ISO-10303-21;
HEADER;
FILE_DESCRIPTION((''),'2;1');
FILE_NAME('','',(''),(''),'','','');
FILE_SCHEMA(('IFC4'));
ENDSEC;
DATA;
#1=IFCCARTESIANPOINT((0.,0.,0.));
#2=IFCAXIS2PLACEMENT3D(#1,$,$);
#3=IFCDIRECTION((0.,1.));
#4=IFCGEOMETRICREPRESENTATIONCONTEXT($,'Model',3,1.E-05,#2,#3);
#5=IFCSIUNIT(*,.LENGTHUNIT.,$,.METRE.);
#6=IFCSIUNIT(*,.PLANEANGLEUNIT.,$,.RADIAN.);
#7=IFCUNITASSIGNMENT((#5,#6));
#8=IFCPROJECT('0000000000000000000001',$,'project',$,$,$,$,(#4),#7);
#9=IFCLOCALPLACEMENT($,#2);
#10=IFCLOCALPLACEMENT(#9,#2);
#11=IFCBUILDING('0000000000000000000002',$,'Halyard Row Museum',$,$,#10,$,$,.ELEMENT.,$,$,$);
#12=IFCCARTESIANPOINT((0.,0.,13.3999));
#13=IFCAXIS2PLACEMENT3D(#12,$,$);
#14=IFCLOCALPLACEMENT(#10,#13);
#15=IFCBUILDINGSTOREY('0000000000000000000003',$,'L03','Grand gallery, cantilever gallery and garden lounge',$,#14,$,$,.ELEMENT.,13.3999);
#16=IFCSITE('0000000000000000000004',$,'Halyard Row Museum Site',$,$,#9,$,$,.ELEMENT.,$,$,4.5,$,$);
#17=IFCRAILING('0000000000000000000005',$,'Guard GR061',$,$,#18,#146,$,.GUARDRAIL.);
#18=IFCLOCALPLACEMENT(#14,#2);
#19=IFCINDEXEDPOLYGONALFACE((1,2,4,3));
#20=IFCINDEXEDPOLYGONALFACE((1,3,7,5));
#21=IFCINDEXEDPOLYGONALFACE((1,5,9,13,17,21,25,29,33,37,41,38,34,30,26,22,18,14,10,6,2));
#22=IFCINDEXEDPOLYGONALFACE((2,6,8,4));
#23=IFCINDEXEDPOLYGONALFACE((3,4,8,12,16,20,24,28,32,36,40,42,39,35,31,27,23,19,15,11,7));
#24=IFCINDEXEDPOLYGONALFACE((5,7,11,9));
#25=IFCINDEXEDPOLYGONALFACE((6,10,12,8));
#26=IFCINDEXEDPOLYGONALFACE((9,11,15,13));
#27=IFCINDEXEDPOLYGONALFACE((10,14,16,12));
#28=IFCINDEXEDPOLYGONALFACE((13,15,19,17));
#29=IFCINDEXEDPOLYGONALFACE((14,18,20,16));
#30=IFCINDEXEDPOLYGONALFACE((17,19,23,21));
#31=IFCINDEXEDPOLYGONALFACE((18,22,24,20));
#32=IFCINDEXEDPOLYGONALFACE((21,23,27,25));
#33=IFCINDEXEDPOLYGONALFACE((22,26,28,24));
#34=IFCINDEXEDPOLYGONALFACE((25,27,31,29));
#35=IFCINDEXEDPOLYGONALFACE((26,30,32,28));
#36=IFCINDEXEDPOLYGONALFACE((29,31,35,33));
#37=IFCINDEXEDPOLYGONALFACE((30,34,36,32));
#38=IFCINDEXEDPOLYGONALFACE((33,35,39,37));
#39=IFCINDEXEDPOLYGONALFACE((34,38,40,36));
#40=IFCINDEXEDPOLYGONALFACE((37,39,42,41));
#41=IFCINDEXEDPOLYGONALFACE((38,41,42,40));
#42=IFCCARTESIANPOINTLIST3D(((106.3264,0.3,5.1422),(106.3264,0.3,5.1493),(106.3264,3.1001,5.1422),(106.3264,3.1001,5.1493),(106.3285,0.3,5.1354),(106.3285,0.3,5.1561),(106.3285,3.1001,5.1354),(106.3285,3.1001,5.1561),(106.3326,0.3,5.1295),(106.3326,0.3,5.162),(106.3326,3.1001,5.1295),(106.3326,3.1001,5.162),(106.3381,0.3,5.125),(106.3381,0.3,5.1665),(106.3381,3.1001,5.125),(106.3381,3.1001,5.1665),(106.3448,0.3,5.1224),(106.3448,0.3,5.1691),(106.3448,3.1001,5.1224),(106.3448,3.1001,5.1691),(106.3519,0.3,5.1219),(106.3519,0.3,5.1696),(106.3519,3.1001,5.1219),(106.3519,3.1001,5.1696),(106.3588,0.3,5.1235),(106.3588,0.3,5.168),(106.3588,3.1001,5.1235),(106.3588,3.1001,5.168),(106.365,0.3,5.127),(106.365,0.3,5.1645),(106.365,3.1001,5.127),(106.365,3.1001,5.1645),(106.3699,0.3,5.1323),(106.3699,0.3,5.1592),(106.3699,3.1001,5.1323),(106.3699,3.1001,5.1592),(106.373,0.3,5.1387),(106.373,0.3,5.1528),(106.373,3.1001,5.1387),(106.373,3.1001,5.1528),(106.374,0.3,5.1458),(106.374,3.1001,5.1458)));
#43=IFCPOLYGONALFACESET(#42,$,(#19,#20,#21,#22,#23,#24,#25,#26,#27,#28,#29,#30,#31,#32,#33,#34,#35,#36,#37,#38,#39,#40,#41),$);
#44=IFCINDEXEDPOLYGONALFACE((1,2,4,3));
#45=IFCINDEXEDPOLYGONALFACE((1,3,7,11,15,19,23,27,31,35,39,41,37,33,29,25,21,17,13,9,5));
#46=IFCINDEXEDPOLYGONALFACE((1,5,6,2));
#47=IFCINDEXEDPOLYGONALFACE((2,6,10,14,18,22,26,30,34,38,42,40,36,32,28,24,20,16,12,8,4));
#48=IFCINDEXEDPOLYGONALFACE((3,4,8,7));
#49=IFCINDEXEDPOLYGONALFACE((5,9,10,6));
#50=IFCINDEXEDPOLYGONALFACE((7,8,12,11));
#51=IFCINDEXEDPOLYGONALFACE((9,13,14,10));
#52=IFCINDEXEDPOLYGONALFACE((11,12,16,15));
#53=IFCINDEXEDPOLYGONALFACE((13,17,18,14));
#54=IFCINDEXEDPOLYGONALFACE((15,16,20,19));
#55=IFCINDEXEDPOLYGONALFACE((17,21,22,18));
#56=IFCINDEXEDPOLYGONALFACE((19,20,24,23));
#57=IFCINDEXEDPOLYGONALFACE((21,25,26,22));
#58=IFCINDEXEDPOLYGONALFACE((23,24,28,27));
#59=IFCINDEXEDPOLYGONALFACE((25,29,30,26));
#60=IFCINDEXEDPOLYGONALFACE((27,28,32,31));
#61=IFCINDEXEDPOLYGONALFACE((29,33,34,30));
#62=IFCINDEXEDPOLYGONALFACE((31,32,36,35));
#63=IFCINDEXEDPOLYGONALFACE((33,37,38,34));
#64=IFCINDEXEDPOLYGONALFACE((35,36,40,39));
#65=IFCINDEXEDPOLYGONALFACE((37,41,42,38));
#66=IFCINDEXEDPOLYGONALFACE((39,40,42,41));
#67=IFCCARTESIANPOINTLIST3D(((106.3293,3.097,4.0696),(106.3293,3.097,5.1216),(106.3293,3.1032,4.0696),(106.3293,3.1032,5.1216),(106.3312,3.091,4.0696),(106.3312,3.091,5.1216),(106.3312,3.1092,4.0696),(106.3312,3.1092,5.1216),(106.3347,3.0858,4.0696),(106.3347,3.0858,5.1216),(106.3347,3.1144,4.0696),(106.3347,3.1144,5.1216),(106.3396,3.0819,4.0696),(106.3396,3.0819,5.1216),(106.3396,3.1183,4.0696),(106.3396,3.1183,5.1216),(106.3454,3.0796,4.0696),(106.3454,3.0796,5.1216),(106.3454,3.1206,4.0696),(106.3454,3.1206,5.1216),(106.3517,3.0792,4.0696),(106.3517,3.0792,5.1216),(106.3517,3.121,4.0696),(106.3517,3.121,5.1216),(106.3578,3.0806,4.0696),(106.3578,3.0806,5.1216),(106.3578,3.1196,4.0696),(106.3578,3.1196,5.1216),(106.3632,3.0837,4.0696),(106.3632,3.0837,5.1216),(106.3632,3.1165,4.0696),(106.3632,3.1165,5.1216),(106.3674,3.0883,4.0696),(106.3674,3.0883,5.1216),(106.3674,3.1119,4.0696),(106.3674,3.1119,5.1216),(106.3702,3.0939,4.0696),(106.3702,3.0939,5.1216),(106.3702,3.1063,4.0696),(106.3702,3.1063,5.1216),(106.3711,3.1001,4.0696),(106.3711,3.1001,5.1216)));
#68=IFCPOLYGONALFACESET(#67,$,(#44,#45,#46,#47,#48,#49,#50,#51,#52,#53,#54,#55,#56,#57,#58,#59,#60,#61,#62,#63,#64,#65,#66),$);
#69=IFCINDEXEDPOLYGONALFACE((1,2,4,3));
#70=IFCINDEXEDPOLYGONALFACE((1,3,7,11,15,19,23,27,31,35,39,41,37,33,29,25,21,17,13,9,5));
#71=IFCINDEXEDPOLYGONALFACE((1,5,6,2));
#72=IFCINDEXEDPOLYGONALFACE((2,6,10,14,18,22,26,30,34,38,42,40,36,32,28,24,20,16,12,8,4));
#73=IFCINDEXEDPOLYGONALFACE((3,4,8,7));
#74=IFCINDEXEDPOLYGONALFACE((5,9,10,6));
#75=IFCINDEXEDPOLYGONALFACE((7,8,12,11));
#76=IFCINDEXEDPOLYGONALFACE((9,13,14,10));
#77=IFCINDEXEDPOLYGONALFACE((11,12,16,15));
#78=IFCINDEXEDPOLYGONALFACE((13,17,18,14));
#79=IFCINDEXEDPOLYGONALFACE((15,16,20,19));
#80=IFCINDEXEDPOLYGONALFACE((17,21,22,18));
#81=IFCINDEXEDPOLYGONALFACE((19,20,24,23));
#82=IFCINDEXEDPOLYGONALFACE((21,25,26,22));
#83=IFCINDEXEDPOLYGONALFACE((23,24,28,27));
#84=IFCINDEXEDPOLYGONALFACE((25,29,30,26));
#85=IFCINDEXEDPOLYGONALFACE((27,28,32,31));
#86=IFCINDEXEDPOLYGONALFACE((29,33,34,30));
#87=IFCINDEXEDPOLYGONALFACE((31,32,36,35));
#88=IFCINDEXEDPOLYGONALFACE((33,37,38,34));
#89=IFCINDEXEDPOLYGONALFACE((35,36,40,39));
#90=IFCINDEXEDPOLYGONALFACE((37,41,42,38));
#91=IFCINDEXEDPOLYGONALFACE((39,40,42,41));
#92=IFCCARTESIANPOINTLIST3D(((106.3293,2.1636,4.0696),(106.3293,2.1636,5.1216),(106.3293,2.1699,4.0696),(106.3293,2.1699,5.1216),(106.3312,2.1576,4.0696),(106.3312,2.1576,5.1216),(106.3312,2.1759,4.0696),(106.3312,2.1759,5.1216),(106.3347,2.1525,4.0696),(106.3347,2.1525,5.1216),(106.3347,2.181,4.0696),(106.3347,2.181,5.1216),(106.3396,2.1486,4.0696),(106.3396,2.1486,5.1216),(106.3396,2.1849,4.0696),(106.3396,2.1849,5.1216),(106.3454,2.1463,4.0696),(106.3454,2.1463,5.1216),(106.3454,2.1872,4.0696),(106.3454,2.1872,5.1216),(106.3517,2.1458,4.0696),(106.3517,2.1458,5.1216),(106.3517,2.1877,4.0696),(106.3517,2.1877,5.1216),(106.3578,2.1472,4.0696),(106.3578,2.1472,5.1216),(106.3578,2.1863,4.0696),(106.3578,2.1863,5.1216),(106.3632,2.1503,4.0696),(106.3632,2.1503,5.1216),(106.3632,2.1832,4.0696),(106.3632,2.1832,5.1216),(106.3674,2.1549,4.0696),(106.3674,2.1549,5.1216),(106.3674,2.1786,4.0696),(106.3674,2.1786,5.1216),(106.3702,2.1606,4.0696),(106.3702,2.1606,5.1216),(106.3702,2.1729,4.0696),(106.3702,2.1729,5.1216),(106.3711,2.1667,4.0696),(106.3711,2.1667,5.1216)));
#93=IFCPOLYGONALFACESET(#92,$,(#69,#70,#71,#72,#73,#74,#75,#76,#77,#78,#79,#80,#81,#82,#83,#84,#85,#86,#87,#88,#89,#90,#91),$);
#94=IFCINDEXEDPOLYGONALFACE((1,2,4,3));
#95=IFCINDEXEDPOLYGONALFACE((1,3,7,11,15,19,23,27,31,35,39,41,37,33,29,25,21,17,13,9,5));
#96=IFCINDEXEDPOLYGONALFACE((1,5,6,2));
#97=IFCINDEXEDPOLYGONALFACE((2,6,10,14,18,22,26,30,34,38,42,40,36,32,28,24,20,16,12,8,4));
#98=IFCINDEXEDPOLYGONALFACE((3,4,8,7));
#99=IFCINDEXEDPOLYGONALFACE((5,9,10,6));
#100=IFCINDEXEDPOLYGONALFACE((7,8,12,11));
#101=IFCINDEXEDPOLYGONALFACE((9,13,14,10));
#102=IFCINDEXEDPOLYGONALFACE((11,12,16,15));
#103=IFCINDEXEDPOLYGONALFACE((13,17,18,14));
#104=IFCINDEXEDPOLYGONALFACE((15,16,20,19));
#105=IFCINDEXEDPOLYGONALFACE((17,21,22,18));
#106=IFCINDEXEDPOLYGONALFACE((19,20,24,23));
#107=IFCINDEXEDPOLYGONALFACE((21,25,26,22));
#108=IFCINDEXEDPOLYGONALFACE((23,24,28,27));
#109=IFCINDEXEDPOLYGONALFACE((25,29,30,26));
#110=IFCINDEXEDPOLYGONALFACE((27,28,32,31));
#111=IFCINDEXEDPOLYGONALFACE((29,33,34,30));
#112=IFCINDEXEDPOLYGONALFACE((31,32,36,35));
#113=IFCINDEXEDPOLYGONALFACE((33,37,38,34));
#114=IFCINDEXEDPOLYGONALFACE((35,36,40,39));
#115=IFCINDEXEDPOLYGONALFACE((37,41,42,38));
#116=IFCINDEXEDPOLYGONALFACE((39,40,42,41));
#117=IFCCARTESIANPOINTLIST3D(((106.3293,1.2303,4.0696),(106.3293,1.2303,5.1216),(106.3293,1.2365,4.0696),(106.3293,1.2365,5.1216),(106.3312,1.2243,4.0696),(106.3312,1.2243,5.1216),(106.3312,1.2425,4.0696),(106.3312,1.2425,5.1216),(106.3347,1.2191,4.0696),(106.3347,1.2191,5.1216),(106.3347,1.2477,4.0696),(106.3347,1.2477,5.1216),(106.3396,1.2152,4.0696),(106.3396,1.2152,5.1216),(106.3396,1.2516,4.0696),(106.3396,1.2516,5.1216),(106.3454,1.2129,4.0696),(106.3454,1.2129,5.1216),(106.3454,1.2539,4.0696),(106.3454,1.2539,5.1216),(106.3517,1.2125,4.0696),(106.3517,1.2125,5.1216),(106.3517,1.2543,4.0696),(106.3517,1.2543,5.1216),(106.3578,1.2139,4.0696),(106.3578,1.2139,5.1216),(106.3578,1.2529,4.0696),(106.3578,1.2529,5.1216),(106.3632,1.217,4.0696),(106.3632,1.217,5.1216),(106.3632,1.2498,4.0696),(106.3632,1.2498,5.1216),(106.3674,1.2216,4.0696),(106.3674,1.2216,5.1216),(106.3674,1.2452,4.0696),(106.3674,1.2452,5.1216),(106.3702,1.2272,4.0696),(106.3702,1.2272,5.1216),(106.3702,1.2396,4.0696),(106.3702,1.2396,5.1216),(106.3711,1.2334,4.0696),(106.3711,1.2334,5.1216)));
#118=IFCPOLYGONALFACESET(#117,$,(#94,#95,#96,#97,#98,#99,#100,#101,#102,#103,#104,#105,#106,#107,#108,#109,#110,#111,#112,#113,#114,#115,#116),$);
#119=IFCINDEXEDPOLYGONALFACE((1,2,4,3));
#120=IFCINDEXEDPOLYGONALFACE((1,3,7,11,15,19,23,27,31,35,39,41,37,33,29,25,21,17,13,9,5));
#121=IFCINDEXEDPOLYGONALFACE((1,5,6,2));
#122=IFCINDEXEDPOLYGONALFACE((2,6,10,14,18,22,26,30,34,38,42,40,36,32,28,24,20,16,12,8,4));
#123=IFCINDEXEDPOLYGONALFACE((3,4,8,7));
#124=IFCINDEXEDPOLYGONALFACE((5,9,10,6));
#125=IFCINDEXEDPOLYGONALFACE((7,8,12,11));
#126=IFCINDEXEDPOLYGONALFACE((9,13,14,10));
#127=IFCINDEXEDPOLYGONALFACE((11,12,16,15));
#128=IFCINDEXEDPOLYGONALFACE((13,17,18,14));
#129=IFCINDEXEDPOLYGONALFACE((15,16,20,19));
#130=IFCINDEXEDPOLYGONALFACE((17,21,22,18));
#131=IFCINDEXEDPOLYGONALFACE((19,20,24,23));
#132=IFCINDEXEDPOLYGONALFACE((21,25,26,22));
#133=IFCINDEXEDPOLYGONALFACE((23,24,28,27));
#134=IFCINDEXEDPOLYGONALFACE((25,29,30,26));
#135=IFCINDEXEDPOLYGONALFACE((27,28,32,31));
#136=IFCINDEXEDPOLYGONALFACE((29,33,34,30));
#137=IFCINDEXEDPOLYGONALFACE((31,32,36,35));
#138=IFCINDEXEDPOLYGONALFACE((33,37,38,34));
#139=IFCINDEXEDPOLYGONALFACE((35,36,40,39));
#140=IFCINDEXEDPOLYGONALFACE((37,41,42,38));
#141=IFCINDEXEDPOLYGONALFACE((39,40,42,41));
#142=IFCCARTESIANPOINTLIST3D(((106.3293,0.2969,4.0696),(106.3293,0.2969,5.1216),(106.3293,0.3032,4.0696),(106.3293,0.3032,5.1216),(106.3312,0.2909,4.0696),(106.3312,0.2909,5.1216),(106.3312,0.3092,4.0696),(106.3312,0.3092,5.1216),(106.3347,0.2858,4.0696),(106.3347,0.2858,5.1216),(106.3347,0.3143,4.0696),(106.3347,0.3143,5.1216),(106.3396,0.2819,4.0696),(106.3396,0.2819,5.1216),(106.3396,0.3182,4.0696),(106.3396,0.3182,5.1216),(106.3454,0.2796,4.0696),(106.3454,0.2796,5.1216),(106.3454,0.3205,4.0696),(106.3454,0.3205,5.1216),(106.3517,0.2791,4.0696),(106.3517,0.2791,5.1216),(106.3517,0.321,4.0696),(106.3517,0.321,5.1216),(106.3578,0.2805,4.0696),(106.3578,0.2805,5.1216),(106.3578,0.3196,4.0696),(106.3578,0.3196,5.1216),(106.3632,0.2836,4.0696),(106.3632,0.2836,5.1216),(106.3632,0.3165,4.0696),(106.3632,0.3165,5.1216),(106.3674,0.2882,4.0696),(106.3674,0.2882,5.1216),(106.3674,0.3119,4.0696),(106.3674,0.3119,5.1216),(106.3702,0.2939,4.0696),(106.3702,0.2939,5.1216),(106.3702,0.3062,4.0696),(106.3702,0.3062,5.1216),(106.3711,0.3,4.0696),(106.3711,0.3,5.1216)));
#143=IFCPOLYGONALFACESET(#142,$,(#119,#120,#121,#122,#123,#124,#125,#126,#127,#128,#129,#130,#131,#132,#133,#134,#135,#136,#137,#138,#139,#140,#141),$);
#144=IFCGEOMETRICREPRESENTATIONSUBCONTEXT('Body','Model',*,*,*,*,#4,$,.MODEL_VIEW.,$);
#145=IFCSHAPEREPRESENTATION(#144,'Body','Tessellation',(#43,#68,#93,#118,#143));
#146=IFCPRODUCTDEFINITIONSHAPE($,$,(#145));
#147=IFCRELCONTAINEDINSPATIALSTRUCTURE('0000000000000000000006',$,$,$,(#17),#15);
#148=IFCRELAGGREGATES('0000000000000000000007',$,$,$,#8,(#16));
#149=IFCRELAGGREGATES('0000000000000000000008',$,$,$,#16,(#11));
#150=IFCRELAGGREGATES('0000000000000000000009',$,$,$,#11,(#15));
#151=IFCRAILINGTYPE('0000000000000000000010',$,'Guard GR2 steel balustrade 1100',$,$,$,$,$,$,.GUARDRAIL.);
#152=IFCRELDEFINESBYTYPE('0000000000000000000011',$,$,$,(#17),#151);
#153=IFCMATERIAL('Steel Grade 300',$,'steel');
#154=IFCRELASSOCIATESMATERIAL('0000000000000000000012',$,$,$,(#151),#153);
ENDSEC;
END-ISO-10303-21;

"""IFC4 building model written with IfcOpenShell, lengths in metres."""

from ifc_helpers import new_model, si_unit, direction, frame, origin, origin_2d, place, context, subcontext, project, spatial, circle, extrude, material, type_object, element, save


model = new_model("IFC4")

# Units and contexts
model_context = context("Model", 3, precision=1e-05, world=origin(), true_north=direction((0.0, 1.0)))
body_context = subcontext(model_context, "Body", "Model", "MODEL_VIEW")
ifc_project = project(units=[si_unit("LENGTHUNIT", "METRE"), si_unit("PLANEANGLEUNIT", "RADIAN")], contexts=[model_context])

# Site, building, storey
site_placement = place(None, origin())
site = spatial("IfcSite", under=ifc_project, at=site_placement, Name="Halyard Row Museum Site", CompositionType="ELEMENT", RefElevation=4.5)
building_placement = place(site_placement, origin())
building = spatial("IfcBuilding", under=site, at=building_placement, Name="Halyard Row Museum", CompositionType="ELEMENT")
storey_placement = place(building_placement, frame((0.0, 0.0, 13.3999)))
storey = spatial("IfcBuildingStorey", under=building, at=storey_placement, Name="L03", Description="Grand gallery, cantilever gallery and garden lounge", CompositionType="ELEMENT", Elevation=13.3999)

# Railing
ifc_material_1 = material(Name="Steel Grade 300", Category="steel")
railing_type_1 = type_object("IfcRailingType", Name="Guard GR2 steel balustrade 1100", PredefinedType="GUARDRAIL", material=ifc_material_1)
railing_1_placement = place(storey_placement, frame((106.3501, 3.1001, 4.0696)))
element("IfcRailing", 1, at=railing_1_placement, inside=storey, type_object=railing_type_1, Name="Guard GR061", PredefinedType="GUARDRAIL", context=body_context, shape_type="SweptSolid", body=[
    extrude(circle(Radius=0.0239, at=origin_2d()), frame((0.0, 0.0, 1.0762), z_axis=(0.0, -1.0, 0.0), x_axis=(1.0, 0.0, 0.0)), (0.0, 0.0, 1.0), 2.8),
    extrude(circle(Radius=0.021, at=origin_2d()), origin(), (0.0, 0.0, 1.0), 1.052),
    extrude(circle(Radius=0.021, at=origin_2d()), frame((0.0, -0.9333, 0.0)), (0.0, 0.0, 1.0), 1.052),
    extrude(circle(Radius=0.021, at=origin_2d()), frame((0.0, -1.8667, 0.0)), (0.0, 0.0, 1.0), 1.052),
    extrude(circle(Radius=0.021, at=origin_2d()), frame((0.0, -2.8, 0.0)), (0.0, 0.0, 1.0), 1.052),
])

save(model, "model.ifc")
